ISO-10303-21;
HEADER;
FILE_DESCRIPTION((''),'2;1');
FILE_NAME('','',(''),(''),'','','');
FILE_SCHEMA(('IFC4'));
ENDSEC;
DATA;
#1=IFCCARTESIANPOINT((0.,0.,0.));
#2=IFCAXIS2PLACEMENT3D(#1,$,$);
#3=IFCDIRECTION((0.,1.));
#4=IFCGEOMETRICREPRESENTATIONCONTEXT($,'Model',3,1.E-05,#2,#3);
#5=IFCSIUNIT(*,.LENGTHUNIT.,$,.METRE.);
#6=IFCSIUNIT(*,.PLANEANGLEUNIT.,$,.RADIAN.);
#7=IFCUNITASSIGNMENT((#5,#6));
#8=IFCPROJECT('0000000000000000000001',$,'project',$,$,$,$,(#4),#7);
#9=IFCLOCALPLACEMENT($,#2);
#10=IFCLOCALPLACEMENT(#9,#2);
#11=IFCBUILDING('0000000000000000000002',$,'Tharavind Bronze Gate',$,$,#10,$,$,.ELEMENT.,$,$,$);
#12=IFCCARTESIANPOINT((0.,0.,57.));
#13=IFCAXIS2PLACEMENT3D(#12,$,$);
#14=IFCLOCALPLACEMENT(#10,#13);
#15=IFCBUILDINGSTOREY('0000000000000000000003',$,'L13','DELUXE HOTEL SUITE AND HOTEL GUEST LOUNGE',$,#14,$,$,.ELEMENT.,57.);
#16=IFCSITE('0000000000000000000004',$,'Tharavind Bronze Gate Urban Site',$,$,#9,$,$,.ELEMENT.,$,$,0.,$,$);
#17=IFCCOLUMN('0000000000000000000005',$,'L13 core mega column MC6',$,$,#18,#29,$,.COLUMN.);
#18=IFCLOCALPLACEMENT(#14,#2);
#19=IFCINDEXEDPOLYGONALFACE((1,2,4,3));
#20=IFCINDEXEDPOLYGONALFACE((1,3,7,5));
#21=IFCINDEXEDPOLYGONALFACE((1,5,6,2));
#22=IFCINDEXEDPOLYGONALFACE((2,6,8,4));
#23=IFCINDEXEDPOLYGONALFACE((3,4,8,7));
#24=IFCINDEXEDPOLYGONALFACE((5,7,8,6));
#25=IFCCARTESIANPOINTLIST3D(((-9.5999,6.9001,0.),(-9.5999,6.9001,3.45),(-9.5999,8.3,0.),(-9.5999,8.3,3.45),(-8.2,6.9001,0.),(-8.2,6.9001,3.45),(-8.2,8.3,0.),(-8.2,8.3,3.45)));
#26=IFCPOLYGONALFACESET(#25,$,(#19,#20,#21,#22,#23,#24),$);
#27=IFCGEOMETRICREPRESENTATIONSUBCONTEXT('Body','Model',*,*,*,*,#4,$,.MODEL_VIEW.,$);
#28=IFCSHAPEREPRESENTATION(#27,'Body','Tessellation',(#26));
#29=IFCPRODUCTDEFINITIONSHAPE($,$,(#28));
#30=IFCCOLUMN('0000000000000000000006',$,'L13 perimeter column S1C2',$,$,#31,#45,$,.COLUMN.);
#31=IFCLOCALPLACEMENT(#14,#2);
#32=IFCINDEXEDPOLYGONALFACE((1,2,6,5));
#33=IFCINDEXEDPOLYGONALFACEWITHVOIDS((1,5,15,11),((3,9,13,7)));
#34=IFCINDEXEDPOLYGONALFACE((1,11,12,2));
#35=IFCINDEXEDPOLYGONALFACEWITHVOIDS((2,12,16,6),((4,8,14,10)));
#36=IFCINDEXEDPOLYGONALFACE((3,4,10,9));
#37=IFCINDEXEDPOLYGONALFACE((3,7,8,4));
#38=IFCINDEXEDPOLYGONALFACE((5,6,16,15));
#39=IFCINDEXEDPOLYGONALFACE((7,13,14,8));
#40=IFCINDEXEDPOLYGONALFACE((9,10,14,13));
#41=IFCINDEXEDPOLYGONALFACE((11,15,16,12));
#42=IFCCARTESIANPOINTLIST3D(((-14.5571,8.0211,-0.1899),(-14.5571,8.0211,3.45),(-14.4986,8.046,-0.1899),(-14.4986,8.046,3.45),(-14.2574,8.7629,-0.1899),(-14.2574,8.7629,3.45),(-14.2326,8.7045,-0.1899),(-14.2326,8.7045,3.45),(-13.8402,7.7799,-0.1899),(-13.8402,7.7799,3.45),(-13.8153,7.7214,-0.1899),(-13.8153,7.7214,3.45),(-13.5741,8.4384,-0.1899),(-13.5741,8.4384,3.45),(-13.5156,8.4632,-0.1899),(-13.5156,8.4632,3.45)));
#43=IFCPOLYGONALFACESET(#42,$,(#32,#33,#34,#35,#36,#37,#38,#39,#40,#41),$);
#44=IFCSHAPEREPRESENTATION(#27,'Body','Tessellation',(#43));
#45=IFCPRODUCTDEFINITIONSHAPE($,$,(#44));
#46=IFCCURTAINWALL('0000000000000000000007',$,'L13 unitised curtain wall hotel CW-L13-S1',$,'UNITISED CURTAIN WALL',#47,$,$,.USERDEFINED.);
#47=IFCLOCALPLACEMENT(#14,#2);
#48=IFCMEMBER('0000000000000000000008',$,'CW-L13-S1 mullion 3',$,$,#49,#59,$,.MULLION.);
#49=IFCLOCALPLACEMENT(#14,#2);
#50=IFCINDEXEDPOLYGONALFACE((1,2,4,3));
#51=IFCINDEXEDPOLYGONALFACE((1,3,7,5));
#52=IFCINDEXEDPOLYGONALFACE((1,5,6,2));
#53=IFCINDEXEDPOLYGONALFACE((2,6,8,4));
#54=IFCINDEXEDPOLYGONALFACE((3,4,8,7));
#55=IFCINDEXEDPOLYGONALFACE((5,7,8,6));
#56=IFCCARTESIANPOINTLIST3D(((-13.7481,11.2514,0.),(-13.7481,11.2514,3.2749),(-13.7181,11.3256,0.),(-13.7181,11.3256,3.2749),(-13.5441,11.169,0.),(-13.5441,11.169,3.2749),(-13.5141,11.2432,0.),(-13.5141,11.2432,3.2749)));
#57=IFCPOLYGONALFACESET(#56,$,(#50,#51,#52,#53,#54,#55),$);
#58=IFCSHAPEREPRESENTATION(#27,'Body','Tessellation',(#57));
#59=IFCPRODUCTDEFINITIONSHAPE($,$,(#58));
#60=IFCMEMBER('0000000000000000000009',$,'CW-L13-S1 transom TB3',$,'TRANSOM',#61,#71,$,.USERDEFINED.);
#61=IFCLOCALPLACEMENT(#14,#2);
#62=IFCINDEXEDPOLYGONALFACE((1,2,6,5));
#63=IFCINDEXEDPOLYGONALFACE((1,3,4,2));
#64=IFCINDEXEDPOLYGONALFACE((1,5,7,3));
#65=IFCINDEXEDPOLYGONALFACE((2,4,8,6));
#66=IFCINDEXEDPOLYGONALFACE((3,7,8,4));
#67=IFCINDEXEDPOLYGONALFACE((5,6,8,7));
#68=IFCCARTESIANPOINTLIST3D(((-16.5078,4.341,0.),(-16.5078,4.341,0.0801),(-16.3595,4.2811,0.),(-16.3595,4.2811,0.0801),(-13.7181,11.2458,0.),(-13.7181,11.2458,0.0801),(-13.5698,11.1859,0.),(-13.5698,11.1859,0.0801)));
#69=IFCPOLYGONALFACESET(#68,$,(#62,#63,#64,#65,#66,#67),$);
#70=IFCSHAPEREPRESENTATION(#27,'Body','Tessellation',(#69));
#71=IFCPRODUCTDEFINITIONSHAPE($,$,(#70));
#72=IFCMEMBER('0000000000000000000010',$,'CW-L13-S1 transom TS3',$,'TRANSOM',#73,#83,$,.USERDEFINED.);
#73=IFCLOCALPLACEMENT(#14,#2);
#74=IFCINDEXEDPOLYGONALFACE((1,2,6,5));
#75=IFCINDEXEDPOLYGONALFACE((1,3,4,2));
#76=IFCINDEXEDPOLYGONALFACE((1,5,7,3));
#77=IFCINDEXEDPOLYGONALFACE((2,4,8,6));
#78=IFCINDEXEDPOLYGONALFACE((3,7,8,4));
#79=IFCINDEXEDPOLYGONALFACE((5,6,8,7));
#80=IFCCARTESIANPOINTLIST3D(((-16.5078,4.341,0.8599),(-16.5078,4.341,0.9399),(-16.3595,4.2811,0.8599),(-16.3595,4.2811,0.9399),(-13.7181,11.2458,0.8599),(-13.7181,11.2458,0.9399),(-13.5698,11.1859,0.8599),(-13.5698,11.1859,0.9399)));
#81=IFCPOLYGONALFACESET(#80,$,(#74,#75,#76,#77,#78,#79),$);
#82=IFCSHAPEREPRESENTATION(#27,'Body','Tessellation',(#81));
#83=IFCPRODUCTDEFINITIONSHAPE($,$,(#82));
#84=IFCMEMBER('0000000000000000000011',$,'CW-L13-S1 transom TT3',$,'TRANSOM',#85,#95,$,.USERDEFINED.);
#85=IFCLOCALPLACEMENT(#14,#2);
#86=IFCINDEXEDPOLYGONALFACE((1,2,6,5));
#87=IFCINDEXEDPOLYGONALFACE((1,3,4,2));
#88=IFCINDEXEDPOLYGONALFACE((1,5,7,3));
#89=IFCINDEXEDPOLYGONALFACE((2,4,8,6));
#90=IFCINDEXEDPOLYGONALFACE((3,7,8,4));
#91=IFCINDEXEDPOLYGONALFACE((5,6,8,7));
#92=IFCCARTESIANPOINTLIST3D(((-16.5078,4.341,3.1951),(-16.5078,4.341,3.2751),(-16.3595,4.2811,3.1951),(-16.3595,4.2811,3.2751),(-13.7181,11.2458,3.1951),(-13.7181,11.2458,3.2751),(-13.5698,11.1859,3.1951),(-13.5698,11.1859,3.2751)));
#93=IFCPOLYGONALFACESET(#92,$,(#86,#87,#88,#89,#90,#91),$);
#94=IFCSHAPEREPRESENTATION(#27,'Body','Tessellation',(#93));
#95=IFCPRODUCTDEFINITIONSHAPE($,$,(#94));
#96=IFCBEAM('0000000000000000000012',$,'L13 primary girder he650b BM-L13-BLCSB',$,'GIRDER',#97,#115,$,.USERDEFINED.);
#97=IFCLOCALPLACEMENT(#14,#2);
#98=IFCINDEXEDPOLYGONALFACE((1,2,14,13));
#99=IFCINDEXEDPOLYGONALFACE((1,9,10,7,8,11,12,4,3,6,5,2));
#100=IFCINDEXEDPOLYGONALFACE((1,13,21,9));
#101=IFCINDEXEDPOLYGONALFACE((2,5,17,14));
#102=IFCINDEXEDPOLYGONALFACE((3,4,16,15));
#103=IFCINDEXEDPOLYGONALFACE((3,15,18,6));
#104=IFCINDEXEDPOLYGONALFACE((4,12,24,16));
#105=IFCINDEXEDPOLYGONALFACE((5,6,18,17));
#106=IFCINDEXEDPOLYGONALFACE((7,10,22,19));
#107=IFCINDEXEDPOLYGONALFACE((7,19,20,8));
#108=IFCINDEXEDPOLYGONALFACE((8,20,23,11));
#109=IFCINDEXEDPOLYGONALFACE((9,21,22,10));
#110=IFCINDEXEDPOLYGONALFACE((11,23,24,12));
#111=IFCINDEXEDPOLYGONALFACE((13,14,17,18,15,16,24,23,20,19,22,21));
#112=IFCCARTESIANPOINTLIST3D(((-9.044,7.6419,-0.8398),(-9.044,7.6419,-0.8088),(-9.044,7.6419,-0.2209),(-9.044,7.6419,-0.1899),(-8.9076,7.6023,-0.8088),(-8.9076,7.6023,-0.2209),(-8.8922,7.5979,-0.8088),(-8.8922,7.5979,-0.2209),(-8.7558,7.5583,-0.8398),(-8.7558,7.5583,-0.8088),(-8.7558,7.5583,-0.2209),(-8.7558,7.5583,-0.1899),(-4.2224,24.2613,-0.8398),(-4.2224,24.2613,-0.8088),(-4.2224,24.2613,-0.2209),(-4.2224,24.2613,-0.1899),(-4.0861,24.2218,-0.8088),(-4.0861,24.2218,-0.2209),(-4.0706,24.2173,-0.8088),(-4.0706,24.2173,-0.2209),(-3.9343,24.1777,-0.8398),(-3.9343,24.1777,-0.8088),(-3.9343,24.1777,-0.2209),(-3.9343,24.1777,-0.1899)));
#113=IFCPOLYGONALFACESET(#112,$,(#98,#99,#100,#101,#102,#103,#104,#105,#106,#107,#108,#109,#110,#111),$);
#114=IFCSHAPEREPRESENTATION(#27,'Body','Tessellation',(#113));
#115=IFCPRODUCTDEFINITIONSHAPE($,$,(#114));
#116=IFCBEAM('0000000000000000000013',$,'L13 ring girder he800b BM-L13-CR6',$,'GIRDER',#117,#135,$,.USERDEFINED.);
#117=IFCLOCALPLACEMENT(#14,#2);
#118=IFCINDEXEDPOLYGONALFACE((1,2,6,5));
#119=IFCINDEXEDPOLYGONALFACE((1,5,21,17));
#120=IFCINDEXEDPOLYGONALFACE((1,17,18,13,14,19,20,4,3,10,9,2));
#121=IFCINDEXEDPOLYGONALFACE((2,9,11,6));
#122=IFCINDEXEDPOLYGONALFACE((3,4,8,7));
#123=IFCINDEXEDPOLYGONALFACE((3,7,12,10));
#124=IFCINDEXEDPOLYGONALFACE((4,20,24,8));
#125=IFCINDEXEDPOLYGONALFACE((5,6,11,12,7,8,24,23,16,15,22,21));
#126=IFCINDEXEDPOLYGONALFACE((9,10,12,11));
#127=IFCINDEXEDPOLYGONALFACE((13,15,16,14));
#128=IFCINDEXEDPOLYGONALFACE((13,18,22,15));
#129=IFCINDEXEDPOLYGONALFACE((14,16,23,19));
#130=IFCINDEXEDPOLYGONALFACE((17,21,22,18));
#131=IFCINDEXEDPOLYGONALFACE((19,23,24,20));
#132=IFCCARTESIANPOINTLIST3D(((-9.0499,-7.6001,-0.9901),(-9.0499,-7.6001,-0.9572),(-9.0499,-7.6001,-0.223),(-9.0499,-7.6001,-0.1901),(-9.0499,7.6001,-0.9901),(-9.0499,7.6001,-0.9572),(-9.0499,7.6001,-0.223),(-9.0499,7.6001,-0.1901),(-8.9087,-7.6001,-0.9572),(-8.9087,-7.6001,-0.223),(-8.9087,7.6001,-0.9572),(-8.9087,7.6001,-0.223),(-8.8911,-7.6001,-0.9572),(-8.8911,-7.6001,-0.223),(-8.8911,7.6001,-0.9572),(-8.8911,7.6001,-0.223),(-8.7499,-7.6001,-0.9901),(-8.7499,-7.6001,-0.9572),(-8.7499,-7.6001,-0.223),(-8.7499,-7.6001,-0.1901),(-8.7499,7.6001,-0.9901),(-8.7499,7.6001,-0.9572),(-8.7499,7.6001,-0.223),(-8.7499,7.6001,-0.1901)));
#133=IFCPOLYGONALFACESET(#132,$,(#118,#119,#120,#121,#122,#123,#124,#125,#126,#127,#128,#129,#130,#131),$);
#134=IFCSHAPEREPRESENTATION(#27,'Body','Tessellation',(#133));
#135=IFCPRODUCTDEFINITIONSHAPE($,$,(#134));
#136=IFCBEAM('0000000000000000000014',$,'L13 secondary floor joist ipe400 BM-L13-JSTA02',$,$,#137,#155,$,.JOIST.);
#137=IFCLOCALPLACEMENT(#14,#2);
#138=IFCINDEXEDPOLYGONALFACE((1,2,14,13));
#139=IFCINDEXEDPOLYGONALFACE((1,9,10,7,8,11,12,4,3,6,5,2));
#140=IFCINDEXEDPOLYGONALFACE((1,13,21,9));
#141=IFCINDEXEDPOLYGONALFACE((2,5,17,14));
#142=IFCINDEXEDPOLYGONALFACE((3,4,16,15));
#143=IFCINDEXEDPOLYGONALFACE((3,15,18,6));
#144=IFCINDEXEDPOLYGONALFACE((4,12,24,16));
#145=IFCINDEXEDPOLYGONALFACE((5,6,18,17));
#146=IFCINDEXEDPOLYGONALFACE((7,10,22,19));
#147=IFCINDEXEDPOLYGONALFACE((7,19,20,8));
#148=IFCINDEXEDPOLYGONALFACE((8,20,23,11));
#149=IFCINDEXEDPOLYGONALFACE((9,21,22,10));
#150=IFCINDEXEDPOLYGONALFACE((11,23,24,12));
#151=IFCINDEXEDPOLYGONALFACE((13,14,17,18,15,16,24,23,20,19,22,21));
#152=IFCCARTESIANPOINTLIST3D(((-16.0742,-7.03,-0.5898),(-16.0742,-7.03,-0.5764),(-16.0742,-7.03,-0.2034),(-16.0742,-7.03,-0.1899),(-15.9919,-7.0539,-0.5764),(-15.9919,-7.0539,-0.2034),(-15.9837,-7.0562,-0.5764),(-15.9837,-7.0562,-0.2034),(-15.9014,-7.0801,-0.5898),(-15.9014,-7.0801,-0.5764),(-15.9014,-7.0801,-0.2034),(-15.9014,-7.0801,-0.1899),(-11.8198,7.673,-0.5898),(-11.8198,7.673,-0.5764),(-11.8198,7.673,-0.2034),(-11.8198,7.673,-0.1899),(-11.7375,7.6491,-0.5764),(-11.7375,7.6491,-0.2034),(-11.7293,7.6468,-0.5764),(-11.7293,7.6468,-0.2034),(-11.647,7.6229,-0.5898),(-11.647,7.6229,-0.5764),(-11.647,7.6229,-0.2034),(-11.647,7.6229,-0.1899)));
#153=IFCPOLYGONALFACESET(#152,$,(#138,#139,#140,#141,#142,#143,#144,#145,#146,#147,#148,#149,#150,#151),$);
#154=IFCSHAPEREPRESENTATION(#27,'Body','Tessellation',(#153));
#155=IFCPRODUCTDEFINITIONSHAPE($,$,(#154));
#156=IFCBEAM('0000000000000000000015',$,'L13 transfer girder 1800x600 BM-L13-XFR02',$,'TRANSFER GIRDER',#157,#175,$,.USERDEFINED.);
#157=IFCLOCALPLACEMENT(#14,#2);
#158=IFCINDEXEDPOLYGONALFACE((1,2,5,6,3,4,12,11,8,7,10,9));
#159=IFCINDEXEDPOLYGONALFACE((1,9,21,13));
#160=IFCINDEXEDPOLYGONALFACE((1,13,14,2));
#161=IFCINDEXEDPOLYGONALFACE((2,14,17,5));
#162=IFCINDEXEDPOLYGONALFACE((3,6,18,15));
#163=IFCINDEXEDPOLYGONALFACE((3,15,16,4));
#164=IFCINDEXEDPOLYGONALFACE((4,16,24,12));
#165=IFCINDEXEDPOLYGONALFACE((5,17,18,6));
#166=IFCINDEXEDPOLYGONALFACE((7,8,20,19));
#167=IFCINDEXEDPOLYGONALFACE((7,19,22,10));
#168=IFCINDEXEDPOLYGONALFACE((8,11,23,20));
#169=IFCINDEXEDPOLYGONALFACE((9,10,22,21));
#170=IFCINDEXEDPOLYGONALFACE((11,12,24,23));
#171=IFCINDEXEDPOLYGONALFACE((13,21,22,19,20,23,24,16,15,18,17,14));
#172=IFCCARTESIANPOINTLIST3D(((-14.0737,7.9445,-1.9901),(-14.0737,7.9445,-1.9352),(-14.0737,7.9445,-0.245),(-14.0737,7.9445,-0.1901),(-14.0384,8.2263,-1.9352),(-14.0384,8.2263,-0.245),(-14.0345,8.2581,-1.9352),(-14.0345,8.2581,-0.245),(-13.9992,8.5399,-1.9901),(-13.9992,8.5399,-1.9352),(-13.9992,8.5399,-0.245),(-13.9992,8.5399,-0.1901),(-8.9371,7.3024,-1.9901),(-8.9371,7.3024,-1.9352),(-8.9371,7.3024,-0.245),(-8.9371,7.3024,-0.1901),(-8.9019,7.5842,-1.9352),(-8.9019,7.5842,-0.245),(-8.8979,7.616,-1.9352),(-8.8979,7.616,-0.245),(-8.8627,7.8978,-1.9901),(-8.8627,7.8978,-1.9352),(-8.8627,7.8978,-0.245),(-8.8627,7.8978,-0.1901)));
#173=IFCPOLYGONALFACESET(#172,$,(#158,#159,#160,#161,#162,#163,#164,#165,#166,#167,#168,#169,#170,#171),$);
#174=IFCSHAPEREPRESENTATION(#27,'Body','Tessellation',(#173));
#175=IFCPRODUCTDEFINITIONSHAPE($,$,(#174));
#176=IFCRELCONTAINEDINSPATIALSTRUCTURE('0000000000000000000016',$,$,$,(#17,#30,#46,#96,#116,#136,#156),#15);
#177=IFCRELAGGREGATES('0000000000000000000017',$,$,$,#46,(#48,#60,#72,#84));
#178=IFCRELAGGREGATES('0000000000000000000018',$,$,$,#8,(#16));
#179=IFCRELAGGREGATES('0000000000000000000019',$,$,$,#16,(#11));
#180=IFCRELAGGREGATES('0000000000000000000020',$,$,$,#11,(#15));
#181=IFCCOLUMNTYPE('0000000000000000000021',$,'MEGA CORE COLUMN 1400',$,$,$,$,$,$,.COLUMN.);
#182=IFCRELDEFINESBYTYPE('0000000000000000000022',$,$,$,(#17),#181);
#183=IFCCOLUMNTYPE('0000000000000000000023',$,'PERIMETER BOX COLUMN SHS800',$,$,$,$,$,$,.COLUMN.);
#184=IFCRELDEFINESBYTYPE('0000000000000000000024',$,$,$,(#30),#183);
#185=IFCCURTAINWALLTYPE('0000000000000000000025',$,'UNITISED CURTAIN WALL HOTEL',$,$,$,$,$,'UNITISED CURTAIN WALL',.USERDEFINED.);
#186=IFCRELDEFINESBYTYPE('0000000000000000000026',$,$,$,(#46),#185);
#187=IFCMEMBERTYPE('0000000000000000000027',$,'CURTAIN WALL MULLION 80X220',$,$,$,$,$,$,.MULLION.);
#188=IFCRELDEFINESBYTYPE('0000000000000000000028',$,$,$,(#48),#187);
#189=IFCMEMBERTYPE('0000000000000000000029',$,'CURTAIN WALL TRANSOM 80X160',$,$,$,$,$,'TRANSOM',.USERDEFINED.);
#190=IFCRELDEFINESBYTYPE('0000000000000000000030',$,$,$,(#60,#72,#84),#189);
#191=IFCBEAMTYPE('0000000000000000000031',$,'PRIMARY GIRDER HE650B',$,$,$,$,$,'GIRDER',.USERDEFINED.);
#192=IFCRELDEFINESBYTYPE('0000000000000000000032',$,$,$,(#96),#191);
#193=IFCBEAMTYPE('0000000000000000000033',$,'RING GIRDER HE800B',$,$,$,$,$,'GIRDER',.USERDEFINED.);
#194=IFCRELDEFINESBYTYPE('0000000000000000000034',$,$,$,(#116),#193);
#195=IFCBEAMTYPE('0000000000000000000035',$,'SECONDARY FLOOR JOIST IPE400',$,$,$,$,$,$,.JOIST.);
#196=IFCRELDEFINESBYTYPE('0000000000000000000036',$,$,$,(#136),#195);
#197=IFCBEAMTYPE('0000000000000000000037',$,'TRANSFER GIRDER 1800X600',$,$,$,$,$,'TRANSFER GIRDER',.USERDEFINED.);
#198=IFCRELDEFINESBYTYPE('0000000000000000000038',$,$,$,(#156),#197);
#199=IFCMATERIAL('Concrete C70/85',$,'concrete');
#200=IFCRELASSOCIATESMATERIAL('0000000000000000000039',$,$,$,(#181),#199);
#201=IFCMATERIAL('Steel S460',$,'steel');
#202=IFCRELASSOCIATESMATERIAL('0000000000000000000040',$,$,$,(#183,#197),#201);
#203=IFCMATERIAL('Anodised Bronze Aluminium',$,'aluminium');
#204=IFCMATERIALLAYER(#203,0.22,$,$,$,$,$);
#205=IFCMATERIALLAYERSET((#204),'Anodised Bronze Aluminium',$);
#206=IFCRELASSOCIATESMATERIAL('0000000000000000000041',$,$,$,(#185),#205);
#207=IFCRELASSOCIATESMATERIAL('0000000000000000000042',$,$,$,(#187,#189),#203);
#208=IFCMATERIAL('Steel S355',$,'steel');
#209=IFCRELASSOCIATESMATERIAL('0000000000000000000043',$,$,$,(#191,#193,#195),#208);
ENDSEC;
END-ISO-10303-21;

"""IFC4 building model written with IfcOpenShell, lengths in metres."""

from ifc_helpers import new_model, si_unit, direction, frame, origin, origin_2d, place, context, subcontext, project, spatial, rectangle, hollow_rectangle, i_section, extrude, material, layer, layer_set, material_profile, profile_set, type_object, element, aggregate, save


model = new_model("IFC4")

# Units and contexts
model_context = context("Model", 3, precision=1e-05, world=origin(), true_north=direction((0.0, 1.0)))
body_context = subcontext(model_context, "Body", "Model", "MODEL_VIEW")
ifc_project = project(units=[si_unit("LENGTHUNIT", "METRE"), si_unit("PLANEANGLEUNIT", "RADIAN")], contexts=[model_context])

# Site, building, storey
site_placement = place(None, origin())
site = spatial("IfcSite", under=ifc_project, at=site_placement, Name="Tharavind Bronze Gate Urban Site", CompositionType="ELEMENT", RefElevation=0.0)
building_placement = place(site_placement, origin())
building = spatial("IfcBuilding", under=site, at=building_placement, Name="Tharavind Bronze Gate", CompositionType="ELEMENT")
storey_placement = place(building_placement, frame((0.0, 0.0, 57.0)))
storey = spatial("IfcBuildingStorey", under=building, at=storey_placement, Name="L13", Description="DELUXE HOTEL SUITE AND HOTEL GUEST LOUNGE", CompositionType="ELEMENT", Elevation=57.0)

# Columns
ifc_material_1 = material(Name="Concrete C70/85", Category="concrete")
ifc_material_profile_1 = material_profile(ifc_material_1, rectangle(XDim=1.3999, YDim=1.3999, at=origin_2d()), Name="RCCOL1400")
ifc_profile_set_1 = profile_set([ifc_material_profile_1], Name="Concrete C70/85")
column_type_1 = type_object("IfcColumnType", Name="MEGA CORE COLUMN 1400", PredefinedType="COLUMN", material=ifc_profile_set_1)
column_1_placement = place(storey_placement, frame((-8.8999, 7.6001, 0.0), z_axis=(0.0, 0.0, 1.0), x_axis=(1.0, 0.0, 0.0)))
element("IfcColumn", 1, at=column_1_placement, inside=storey, type_object=column_type_1, Name="L13 core mega column MC6", PredefinedType="COLUMN", context=body_context, shape_type="SweptSolid", body=[
    extrude(rectangle(XDim=1.3999, YDim=1.3999, at=origin_2d()), origin(), (0.0, 0.0, 1.0), 3.45),
])
ifc_material_2 = material(Name="Steel S460", Category="steel")
ifc_material_profile_2 = material_profile(ifc_material_2, hollow_rectangle(XDim=0.8, YDim=0.8, WallThickness=0.0449, at=origin_2d()), Name="SHS800X45")
ifc_profile_set_2 = profile_set([ifc_material_profile_2], Name="Steel S460")
column_type_2 = type_object("IfcColumnType", Name="PERIMETER BOX COLUMN SHS800", PredefinedType="COLUMN", material=ifc_profile_set_2)
column_2_placement = place(storey_placement, frame((-14.0364, 8.2422, -0.1899), z_axis=(0.0, 0.0, 1.0), x_axis=(0.374608, 0.927183, 0.0)))
element("IfcColumn", 2, at=column_2_placement, inside=storey, type_object=column_type_2, Name="L13 perimeter column S1C2", PredefinedType="COLUMN", context=body_context, shape_type="SweptSolid", body=[
    extrude(hollow_rectangle(XDim=0.8, YDim=0.8, WallThickness=0.0449, at=origin_2d()), origin(), (0.0, 0.0, 1.0), 3.6399),
])

# Curtain wall, members
ifc_material_3 = material(Name="Anodised Bronze Aluminium", Category="aluminium")
ifc_layer_1 = layer(ifc_material_3, 0.22)
ifc_layer_set_1 = layer_set([ifc_layer_1], Name="Anodised Bronze Aluminium")
curtain_wall_type = type_object("IfcCurtainWallType", Name="UNITISED CURTAIN WALL HOTEL", ElementType="UNITISED CURTAIN WALL", PredefinedType="USERDEFINED", material=ifc_layer_set_1)
curtain_wall_placement = place(storey_placement, origin())
curtain_wall = element("IfcCurtainWall", 3, at=curtain_wall_placement, inside=storey, type_object=curtain_wall_type, Name="L13 unitised curtain wall hotel CW-L13-S1", ObjectType="UNITISED CURTAIN WALL", PredefinedType="USERDEFINED")
member_type_1 = type_object("IfcMemberType", Name="CURTAIN WALL MULLION 80X220", PredefinedType="MULLION", material=ifc_material_3)
member_1_placement = place(storey_placement, frame((-13.6311, 11.2473, 0.0), z_axis=(0.0, 0.0, 1.0), x_axis=(-0.374607, -0.927184, 0.0)))
member_1 = element("IfcMember", 4, at=member_1_placement, type_object=member_type_1, Name="CW-L13-S1 mullion 3", PredefinedType="MULLION", context=body_context, shape_type="SweptSolid", body=[
    extrude(rectangle(XDim=0.0801, YDim=0.22, at=origin_2d()), origin(), (0.0, 0.0, 1.0), 3.2749),
])
member_type_2 = type_object("IfcMemberType", Name="CURTAIN WALL TRANSOM 80X160", ElementType="TRANSOM", PredefinedType="USERDEFINED", material=ifc_material_3)
member_2_placement = place(storey_placement, frame((-15.0388, 7.7634, 0.0), z_axis=(0.0, 0.0, 1.0), x_axis=(-0.374607, -0.927184, 0.0)))
member_2 = element("IfcMember", 5, at=member_2_placement, type_object=member_type_2, Name="CW-L13-S1 transom TB3", ObjectType="TRANSOM", PredefinedType="USERDEFINED", context=body_context, shape_type="SweptSolid", body=[
    extrude(rectangle(XDim=7.447, YDim=0.1599, at=origin_2d()), origin(), (0.0, 0.0, 1.0), 0.0801),
])
member_3_placement = place(storey_placement, frame((-15.0388, 7.7634, 0.8599), z_axis=(0.0, 0.0, 1.0), x_axis=(-0.374607, -0.927184, 0.0)))
member_3 = element("IfcMember", 6, at=member_3_placement, type_object=member_type_2, Name="CW-L13-S1 transom TS3", ObjectType="TRANSOM", PredefinedType="USERDEFINED", context=body_context, shape_type="SweptSolid", body=[
    extrude(rectangle(XDim=7.447, YDim=0.1599, at=origin_2d()), origin(), (0.0, 0.0, 1.0), 0.0801),
])
member_4_placement = place(storey_placement, frame((-15.0388, 7.7634, 3.1951), z_axis=(0.0, 0.0, 1.0), x_axis=(-0.374607, -0.927184, 0.0)))
member_4 = element("IfcMember", 7, at=member_4_placement, type_object=member_type_2, Name="CW-L13-S1 transom TT3", ObjectType="TRANSOM", PredefinedType="USERDEFINED", context=body_context, shape_type="SweptSolid", body=[
    extrude(rectangle(XDim=7.447, YDim=0.1599, at=origin_2d()), origin(), (0.0, 0.0, 1.0), 0.0801),
])

# Beams
ifc_material_4 = material(Name="Steel S355", Category="steel")
ifc_material_profile_3 = material_profile(ifc_material_4, i_section(OverallWidth=0.3, OverallDepth=0.6499, WebThickness=0.0161, FlangeThickness=0.031, at=origin_2d()), Name="HE650B")
ifc_profile_set_3 = profile_set([ifc_material_profile_3], Name="Steel S355")
beam_type_1 = type_object("IfcBeamType", Name="PRIMARY GIRDER HE650B", ElementType="GIRDER", PredefinedType="USERDEFINED", material=ifc_profile_set_3)
beam_1_placement = place(storey_placement, frame((-8.8999, 7.6001, -0.5149), z_axis=(0.278626, 0.9604, 0.0), x_axis=(-0.9604, 0.278626, 0.0)))
element("IfcBeam", 8, at=beam_1_placement, inside=storey, type_object=beam_type_1, Name="L13 primary girder he650b BM-L13-BLCSB", ObjectType="GIRDER", PredefinedType="USERDEFINED", context=body_context, shape_type="SweptSolid", body=[
    extrude(i_section(OverallWidth=0.3, OverallDepth=0.6499, WebThickness=0.0161, FlangeThickness=0.031, at=origin_2d()), origin(), (0.0, 0.0, 1.0), 17.3047),
])
ifc_material_profile_4 = material_profile(ifc_material_4, i_section(OverallWidth=0.3, OverallDepth=0.8, WebThickness=0.0176, FlangeThickness=0.033, at=origin_2d()), Name="HE800B")
ifc_profile_set_4 = profile_set([ifc_material_profile_4], Name="Steel S355")
beam_type_2 = type_object("IfcBeamType", Name="RING GIRDER HE800B", ElementType="GIRDER", PredefinedType="USERDEFINED", material=ifc_profile_set_4)
beam_2_placement = place(storey_placement, frame((-8.8999, 7.6001, -0.5901), z_axis=(0.0, -1.0, 0.0), x_axis=(1.0, 0.0, 0.0)))
element("IfcBeam", 9, at=beam_2_placement, inside=storey, type_object=beam_type_2, Name="L13 ring girder he800b BM-L13-CR6", ObjectType="GIRDER", PredefinedType="USERDEFINED", context=body_context, shape_type="SweptSolid", body=[
    extrude(i_section(OverallWidth=0.3, OverallDepth=0.8, WebThickness=0.0176, FlangeThickness=0.033, at=origin_2d()), origin(), (0.0, 0.0, 1.0), 15.2002),
])
ifc_material_profile_5 = material_profile(ifc_material_4, i_section(OverallWidth=0.1799, OverallDepth=0.3999, WebThickness=0.0085, FlangeThickness=0.0134, at=origin_2d()), Name="IPE400")
ifc_profile_set_5 = profile_set([ifc_material_profile_5], Name="Steel S355")
beam_type_3 = type_object("IfcBeamType", Name="SECONDARY FLOOR JOIST IPE400", PredefinedType="JOIST", material=ifc_profile_set_5)
beam_3_placement = place(storey_placement, frame((-11.7334, 7.6479, -0.3899), z_axis=(-0.277955, -0.960594, 0.0), x_axis=(0.960594, -0.277955, 0.0)))
element("IfcBeam", 10, at=beam_3_placement, inside=storey, type_object=beam_type_3, Name="L13 secondary floor joist ipe400 BM-L13-JSTA02", PredefinedType="JOIST", context=body_context, shape_type="SweptSolid", body=[
    extrude(i_section(OverallWidth=0.1799, OverallDepth=0.3999, WebThickness=0.0085, FlangeThickness=0.0134, at=origin_2d()), origin(), (0.0, 0.0, 1.0), 15.3062),
])
ifc_material_profile_6 = material_profile(ifc_material_2, i_section(OverallWidth=0.6001, OverallDepth=1.8, WebThickness=0.032, FlangeThickness=0.0549, at=origin_2d()), Name="PG1800X600")
ifc_profile_set_6 = profile_set([ifc_material_profile_6], Name="Steel S460")
beam_type_4 = type_object("IfcBeamType", Name="TRANSFER GIRDER 1800X600", ElementType="TRANSFER GIRDER", PredefinedType="USERDEFINED", material=ifc_profile_set_6)
beam_4_placement = place(storey_placement, frame((-8.8999, 7.6001, -1.0901), z_axis=(-0.992277, 0.124041, 0.0), x_axis=(-0.124041, -0.992277, 0.0)))
element("IfcBeam", 11, at=beam_4_placement, inside=storey, type_object=beam_type_4, Name="L13 transfer girder 1800x600 BM-L13-XFR02", ObjectType="TRANSFER GIRDER", PredefinedType="USERDEFINED", context=body_context, shape_type="SweptSolid", body=[
    extrude(i_section(OverallWidth=0.6001, OverallDepth=1.8, WebThickness=0.032, FlangeThickness=0.0549, at=origin_2d()), origin(), (0.0, 0.0, 1.0), 5.1765),
])

aggregate(curtain_wall, [member_1, member_2, member_3, member_4])

save(model, "model.ifc")
